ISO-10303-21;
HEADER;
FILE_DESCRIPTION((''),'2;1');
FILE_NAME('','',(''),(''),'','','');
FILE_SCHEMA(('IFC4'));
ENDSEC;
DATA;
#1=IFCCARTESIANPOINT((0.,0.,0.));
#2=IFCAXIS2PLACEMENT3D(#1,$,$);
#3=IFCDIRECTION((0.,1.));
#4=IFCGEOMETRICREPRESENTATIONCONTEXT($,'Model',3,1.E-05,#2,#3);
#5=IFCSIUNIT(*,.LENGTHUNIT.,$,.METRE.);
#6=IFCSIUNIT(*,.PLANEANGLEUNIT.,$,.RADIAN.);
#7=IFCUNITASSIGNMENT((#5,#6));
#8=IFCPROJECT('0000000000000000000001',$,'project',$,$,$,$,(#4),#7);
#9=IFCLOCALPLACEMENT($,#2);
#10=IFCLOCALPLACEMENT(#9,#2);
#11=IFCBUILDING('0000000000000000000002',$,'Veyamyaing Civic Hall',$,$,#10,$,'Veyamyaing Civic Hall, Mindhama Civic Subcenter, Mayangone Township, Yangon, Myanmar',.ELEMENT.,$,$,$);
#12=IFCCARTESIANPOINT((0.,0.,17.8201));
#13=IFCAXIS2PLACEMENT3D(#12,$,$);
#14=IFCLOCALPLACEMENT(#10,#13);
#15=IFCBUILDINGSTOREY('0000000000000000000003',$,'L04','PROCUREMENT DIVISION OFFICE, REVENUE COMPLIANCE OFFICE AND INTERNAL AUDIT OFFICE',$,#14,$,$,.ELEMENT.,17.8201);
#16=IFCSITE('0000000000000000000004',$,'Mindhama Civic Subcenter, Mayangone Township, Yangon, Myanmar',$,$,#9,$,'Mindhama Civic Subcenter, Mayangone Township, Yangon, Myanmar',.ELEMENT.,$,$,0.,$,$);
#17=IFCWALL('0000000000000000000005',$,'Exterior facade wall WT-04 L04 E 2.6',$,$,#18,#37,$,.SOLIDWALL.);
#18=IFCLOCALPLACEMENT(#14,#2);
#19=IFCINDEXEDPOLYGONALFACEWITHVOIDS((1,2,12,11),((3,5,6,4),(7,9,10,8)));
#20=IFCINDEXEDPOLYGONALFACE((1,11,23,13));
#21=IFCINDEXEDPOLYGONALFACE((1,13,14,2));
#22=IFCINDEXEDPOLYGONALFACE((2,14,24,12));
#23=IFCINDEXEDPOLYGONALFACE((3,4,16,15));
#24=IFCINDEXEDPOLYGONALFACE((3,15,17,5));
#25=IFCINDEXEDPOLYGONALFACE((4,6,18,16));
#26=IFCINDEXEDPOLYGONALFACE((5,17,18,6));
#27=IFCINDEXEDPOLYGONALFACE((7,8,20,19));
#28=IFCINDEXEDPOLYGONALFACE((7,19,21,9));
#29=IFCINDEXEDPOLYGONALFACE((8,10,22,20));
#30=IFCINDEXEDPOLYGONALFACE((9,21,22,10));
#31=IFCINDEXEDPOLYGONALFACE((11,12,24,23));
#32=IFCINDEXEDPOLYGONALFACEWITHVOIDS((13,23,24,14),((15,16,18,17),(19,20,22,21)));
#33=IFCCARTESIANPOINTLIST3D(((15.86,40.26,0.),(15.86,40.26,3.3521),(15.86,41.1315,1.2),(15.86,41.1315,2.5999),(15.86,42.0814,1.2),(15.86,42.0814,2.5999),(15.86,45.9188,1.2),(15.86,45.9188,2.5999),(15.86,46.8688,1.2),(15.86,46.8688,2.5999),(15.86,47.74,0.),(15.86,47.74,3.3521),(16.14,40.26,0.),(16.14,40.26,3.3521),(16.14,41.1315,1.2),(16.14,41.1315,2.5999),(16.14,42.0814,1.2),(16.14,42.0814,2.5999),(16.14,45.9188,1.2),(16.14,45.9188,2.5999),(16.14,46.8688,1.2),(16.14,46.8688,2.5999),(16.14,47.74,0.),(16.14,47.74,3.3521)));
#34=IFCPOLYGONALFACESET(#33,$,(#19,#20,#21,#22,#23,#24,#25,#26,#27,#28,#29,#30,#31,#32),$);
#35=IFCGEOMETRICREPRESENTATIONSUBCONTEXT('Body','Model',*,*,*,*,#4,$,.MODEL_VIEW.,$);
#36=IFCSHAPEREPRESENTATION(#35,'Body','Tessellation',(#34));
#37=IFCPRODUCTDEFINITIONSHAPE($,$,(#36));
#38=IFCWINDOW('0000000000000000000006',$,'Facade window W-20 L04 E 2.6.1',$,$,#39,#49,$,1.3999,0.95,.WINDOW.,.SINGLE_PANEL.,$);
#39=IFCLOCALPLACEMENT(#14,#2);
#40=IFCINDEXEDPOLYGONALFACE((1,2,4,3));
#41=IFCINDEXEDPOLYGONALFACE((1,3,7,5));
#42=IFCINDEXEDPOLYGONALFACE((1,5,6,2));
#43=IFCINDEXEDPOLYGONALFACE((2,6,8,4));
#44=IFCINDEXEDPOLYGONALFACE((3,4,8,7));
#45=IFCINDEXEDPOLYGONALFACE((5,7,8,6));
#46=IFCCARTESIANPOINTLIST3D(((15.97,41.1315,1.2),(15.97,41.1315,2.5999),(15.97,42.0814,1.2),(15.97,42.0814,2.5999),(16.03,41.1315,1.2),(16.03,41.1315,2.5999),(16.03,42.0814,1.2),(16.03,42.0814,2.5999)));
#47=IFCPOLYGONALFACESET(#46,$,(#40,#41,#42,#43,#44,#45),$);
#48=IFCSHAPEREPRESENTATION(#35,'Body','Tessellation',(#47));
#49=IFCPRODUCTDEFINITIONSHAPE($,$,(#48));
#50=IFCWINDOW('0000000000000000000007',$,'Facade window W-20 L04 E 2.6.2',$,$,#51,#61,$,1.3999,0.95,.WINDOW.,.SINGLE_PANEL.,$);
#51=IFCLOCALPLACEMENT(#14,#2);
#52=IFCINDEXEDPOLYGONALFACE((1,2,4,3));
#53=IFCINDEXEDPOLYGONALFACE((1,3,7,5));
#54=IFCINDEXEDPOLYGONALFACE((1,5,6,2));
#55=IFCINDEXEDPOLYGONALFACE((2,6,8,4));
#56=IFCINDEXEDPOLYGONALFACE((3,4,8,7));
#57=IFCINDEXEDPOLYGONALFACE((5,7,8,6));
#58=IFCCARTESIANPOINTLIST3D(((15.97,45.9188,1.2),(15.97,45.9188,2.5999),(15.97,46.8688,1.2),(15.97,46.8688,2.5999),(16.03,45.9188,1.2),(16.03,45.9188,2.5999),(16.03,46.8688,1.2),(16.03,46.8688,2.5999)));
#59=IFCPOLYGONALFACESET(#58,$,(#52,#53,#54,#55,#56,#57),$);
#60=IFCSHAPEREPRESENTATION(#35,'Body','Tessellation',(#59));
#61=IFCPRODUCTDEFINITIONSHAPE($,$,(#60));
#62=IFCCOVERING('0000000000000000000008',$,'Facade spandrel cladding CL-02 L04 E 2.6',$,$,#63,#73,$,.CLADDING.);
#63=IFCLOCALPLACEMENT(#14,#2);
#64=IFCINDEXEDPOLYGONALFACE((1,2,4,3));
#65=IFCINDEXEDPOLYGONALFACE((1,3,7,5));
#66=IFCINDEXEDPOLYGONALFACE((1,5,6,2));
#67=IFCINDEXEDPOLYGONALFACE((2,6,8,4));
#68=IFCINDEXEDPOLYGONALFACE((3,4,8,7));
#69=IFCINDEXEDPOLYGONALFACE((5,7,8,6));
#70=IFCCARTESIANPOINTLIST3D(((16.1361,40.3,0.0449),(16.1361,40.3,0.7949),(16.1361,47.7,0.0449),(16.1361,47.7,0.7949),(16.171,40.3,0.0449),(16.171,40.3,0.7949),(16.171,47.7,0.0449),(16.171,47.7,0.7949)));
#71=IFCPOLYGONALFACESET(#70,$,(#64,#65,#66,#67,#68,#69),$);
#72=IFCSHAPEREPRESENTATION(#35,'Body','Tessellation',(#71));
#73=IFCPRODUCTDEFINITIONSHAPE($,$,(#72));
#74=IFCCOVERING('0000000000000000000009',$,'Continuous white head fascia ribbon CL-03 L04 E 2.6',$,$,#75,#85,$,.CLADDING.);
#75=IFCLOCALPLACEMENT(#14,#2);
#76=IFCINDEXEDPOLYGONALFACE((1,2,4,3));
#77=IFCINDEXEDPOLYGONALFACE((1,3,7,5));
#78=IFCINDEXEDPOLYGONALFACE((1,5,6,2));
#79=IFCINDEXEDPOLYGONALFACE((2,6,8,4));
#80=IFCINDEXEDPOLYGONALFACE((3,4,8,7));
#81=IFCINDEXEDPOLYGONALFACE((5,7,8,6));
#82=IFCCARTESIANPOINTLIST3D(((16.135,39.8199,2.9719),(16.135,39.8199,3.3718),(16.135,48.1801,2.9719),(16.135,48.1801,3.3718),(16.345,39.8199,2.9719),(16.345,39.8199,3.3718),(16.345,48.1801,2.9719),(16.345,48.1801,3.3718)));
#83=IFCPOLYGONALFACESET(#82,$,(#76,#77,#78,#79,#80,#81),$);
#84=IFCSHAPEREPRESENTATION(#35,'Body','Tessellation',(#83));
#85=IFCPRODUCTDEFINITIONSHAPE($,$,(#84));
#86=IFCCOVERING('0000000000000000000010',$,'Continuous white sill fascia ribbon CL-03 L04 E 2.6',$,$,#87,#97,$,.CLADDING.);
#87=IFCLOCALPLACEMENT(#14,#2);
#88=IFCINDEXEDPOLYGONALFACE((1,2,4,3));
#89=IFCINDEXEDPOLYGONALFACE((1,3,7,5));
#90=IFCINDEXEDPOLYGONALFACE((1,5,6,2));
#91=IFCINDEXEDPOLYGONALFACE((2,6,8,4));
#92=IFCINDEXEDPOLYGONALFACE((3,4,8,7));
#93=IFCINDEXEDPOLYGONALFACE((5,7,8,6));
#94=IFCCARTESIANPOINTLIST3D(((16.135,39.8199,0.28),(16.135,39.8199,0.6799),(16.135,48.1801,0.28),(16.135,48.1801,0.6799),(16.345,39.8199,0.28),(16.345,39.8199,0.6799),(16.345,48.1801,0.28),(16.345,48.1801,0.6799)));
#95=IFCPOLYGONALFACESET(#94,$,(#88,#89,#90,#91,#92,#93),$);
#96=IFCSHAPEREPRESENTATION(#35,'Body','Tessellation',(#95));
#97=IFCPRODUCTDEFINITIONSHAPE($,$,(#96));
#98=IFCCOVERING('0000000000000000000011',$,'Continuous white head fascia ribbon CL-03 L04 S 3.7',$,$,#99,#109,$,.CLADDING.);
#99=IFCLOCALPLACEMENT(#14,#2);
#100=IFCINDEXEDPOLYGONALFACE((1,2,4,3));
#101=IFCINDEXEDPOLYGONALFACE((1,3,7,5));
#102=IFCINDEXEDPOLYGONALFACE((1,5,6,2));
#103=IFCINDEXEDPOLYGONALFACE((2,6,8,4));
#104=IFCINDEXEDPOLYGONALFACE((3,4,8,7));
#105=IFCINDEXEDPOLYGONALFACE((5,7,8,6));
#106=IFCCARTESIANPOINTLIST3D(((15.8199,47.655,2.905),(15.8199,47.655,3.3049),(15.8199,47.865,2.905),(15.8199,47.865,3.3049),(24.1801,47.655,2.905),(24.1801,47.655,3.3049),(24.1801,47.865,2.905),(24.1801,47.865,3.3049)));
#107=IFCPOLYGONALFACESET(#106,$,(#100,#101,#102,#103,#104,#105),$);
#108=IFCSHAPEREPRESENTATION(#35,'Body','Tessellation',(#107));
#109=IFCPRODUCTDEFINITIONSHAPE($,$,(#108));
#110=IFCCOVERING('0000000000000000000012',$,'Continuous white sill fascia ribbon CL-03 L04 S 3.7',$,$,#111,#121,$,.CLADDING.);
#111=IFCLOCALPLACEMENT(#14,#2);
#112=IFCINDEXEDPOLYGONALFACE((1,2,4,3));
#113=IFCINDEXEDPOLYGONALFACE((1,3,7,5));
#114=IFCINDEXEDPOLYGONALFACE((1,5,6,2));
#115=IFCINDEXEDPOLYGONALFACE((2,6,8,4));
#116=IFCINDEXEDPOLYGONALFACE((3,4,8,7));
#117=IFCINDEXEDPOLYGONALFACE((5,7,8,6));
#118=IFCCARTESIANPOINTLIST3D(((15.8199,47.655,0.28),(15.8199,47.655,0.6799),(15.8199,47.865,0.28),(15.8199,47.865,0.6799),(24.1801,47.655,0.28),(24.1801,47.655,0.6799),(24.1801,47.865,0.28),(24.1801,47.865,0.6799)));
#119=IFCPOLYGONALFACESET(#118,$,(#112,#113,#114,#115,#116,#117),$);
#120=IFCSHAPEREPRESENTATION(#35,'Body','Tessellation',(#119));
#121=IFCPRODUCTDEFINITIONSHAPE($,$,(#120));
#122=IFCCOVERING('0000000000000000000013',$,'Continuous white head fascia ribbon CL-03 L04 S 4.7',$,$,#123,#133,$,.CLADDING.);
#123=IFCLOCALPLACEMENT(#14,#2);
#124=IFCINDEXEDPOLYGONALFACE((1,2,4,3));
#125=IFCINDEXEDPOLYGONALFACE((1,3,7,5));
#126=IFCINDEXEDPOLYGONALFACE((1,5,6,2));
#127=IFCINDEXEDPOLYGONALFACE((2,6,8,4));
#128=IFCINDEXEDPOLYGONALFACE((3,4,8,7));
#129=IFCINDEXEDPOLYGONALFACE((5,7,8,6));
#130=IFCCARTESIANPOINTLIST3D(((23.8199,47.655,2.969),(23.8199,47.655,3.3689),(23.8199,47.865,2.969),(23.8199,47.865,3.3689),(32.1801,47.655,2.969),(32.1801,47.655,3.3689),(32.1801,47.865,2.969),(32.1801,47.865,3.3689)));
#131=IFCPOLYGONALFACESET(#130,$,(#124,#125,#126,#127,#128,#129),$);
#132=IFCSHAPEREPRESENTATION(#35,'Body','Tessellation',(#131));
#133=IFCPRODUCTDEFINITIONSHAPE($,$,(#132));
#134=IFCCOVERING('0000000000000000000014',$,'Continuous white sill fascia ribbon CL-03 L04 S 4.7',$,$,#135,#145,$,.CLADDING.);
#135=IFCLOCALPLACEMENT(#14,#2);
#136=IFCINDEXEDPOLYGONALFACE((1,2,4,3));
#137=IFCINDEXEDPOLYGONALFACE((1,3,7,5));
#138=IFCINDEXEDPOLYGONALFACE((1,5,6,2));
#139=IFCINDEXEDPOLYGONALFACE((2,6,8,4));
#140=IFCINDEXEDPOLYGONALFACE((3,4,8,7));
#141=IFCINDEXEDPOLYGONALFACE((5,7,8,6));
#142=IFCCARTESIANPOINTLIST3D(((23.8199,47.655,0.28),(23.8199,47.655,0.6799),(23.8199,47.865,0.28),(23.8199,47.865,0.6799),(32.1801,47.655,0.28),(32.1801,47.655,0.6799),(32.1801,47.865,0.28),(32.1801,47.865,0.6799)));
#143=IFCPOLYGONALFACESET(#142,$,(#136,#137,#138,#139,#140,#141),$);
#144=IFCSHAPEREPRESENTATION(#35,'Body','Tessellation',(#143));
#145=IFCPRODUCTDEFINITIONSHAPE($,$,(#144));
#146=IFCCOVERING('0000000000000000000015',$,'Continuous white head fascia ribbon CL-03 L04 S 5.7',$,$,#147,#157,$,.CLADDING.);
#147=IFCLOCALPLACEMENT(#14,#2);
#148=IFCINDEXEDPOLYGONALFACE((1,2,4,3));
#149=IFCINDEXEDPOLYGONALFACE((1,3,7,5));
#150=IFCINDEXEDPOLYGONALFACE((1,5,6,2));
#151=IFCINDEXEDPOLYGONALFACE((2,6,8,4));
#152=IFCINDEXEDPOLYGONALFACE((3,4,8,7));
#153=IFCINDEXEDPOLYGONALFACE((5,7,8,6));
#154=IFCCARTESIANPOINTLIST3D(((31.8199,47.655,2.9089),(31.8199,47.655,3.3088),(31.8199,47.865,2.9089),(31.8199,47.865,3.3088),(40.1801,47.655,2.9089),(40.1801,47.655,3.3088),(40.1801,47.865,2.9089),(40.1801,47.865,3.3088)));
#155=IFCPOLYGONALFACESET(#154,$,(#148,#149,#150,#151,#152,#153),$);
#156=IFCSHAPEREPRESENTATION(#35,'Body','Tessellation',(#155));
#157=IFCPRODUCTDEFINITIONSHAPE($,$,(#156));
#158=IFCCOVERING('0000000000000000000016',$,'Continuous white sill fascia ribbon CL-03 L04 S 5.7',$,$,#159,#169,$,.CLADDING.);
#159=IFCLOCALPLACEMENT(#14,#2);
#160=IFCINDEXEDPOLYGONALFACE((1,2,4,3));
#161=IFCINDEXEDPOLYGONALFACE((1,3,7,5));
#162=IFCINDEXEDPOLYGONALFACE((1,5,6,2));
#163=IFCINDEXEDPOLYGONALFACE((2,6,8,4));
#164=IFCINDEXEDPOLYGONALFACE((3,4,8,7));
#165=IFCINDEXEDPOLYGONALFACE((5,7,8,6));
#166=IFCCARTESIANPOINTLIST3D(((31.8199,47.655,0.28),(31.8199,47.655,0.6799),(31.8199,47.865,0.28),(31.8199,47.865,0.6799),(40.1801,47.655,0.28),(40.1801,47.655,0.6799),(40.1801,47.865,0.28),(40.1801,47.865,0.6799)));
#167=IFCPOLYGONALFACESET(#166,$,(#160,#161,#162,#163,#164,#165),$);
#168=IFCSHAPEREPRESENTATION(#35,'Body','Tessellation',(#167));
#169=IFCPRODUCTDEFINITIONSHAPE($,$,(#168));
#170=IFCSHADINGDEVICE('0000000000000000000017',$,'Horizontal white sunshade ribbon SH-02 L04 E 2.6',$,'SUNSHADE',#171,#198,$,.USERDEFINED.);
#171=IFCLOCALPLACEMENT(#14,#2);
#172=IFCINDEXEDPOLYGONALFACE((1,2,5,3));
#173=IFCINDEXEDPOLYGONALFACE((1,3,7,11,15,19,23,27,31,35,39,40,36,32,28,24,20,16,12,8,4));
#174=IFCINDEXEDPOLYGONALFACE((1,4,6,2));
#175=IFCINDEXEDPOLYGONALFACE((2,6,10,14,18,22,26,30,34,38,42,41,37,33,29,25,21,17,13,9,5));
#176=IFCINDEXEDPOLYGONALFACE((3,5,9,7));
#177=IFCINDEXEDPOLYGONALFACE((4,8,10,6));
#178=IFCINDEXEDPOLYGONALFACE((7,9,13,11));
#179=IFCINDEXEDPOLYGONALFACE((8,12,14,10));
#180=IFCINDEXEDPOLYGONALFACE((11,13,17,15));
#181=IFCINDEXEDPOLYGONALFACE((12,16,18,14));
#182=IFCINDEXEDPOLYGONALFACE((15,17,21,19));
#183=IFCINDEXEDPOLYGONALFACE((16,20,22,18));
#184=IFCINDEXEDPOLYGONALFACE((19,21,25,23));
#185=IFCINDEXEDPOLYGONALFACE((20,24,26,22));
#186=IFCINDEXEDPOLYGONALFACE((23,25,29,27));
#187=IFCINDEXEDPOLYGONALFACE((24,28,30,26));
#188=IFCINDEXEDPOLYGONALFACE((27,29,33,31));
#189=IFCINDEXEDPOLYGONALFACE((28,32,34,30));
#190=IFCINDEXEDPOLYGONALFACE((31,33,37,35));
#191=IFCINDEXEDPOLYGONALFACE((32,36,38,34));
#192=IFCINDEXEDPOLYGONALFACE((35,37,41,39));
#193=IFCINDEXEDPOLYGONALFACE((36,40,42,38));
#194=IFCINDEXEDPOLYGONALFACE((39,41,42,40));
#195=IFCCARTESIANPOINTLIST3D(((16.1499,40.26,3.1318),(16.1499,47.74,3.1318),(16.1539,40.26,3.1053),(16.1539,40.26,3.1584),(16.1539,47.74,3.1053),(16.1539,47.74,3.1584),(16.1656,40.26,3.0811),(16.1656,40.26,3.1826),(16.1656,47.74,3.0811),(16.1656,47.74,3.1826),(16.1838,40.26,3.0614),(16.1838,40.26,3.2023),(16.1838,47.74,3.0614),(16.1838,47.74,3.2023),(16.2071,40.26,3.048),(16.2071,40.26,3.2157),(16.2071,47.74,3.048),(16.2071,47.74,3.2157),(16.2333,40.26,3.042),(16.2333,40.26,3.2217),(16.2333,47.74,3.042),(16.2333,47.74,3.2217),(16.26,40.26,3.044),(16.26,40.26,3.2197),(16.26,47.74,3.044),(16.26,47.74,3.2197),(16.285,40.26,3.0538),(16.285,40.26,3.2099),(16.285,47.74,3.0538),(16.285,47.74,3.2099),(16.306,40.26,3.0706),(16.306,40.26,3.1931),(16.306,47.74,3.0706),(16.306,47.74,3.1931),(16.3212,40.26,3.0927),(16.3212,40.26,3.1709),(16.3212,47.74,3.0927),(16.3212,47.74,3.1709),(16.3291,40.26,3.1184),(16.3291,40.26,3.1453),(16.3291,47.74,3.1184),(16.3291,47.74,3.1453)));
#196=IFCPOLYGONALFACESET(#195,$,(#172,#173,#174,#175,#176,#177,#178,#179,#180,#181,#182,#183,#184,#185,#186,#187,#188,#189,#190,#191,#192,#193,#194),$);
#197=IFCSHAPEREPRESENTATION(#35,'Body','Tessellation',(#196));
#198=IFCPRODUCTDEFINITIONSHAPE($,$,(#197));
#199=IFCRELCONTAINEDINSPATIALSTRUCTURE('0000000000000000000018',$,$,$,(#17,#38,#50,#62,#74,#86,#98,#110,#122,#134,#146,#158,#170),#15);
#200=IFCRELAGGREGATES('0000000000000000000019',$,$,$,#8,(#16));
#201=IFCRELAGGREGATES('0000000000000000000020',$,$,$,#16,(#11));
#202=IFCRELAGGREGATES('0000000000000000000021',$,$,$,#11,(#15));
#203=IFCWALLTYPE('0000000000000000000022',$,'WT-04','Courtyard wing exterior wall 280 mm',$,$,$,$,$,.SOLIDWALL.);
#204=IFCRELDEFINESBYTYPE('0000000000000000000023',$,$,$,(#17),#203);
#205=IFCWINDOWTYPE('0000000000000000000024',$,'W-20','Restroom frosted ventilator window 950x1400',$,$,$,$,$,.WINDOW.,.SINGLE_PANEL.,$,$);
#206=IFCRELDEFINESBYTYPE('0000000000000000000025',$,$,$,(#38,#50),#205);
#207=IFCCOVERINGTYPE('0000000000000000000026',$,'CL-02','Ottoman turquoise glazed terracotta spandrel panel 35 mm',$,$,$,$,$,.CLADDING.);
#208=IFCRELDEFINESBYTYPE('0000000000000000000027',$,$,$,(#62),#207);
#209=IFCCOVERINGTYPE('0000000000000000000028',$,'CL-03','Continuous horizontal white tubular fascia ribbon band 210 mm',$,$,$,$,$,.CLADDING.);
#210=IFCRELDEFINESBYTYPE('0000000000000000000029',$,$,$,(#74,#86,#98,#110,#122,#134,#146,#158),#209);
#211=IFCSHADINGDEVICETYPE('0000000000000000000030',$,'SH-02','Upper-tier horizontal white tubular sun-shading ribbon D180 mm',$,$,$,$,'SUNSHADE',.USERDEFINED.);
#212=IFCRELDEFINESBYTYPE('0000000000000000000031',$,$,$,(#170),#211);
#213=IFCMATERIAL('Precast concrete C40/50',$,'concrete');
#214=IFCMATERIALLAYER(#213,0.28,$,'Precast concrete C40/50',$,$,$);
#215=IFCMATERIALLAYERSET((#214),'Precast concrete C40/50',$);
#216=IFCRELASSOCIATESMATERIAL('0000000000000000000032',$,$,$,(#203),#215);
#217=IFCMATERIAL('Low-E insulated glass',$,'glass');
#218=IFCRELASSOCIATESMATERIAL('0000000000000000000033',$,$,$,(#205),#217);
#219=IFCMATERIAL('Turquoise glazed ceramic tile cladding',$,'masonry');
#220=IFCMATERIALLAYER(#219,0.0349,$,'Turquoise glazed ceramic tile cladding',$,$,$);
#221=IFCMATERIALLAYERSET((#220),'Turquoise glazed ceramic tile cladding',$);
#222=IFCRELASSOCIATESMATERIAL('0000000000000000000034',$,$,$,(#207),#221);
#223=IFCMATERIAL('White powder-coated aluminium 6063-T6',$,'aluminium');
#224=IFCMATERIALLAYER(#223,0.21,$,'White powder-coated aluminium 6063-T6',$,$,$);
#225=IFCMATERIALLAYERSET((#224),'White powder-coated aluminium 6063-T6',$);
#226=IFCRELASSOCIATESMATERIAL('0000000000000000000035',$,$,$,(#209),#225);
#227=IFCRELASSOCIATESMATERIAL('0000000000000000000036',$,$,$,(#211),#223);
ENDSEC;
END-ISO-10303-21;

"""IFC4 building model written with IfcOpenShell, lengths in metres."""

from ifc_helpers import new_model, si_unit, direction, frame, frame_2d, origin, origin_2d, place, context, subcontext, project, spatial, rectangle, circle, extrude, material, layer, layer_set, material_profile, profile_set, type_object, element, fill, save


model = new_model("IFC4")

# Units and contexts
model_context = context("Model", 3, precision=1e-05, world=origin(), true_north=direction((0.0, 1.0)))
body_context = subcontext(model_context, "Body", "Model", "MODEL_VIEW")
ifc_project = project(units=[si_unit("LENGTHUNIT", "METRE"), si_unit("PLANEANGLEUNIT", "RADIAN")], contexts=[model_context])

# Site, building, storey
site_placement = place(None, origin())
site = spatial("IfcSite", under=ifc_project, at=site_placement, Name="Mindhama Civic Subcenter, Mayangone Township, Yangon, Myanmar", LongName="Mindhama Civic Subcenter, Mayangone Township, Yangon, Myanmar", CompositionType="ELEMENT", RefElevation=0.0)
building_placement = place(site_placement, origin())
building = spatial("IfcBuilding", under=site, at=building_placement, Name="Veyamyaing Civic Hall", LongName="Veyamyaing Civic Hall, Mindhama Civic Subcenter, Mayangone Township, Yangon, Myanmar", CompositionType="ELEMENT")
storey_placement = place(building_placement, frame((0.0, 0.0, 17.8201)))
storey = spatial("IfcBuildingStorey", under=building, at=storey_placement, Name="L04", Description="PROCUREMENT DIVISION OFFICE, REVENUE COMPLIANCE OFFICE AND INTERNAL AUDIT OFFICE", CompositionType="ELEMENT", Elevation=17.8201)

# Wall, openings, windows
ifc_material_1 = material(Name="Precast concrete C40/50", Category="concrete")
ifc_layer_1 = layer(ifc_material_1, 0.28, Name="Precast concrete C40/50")
ifc_layer_set_1 = layer_set([ifc_layer_1], Name="Precast concrete C40/50")
wall_type = type_object("IfcWallType", Name="WT-04", Description="Courtyard wing exterior wall 280 mm", PredefinedType="SOLIDWALL", material=ifc_layer_set_1)
wall_placement = place(storey_placement, frame((16.0, 40.26, 0.0), z_axis=(0.0, 0.0, 1.0), x_axis=(0.0, 1.0, 0.0)))
wall = element("IfcWall", 1, at=wall_placement, inside=storey, type_object=wall_type, Name="Exterior facade wall WT-04 L04 E 2.6", PredefinedType="SOLIDWALL", context=body_context, shape_type="SweptSolid", body=[
    extrude(rectangle(XDim=7.48, YDim=0.28, at=frame_2d((3.74, 0.0))), origin(), (0.0, 0.0, 1.0), 3.3521),
])
opening_1_placement = place(wall_placement, frame((0.8713, 0.0, 1.2)))
opening_1 = element("IfcOpeningElement", 2, at=opening_1_placement, cuts=wall, PredefinedType="OPENING", context=body_context, shape_type="SweptSolid", body=[
    extrude(rectangle(XDim=0.95, YDim=1.3999, at=frame_2d((0.4751, 0.7))), frame((0.0, 0.1499, 0.0), z_axis=(0.0, -1.0, 0.0), x_axis=(1.0, 0.0, 0.0)), (0.0, 0.0, 1.0), 0.3),
])
opening_2_placement = place(wall_placement, frame((5.6587, 0.0, 1.2)))
opening_2 = element("IfcOpeningElement", 3, at=opening_2_placement, cuts=wall, PredefinedType="OPENING", context=body_context, shape_type="SweptSolid", body=[
    extrude(rectangle(XDim=0.95, YDim=1.3999, at=frame_2d((0.4751, 0.7))), frame((0.0, 0.1499, 0.0), z_axis=(0.0, -1.0, 0.0), x_axis=(1.0, 0.0, 0.0)), (0.0, 0.0, 1.0), 0.3),
])
ifc_material_2 = material(Name="Low-E insulated glass", Category="glass")
window_type = type_object("IfcWindowType", Name="W-20", Description="Restroom frosted ventilator window 950x1400", PartitioningType="SINGLE_PANEL", PredefinedType="WINDOW", material=ifc_material_2)
window_1_placement = place(opening_1_placement, origin())
window_1 = element("IfcWindow", 4, at=window_1_placement, inside=storey, type_object=window_type, Name="Facade window W-20 L04 E 2.6.1", OverallHeight=1.3999, OverallWidth=0.95, PartitioningType="SINGLE_PANEL", PredefinedType="WINDOW", context=body_context, shape_type="SweptSolid", body=[
    extrude(rectangle(XDim=0.95, YDim=1.3999, at=frame_2d((0.4751, 0.7))), frame((0.0, 0.03, 0.0), z_axis=(0.0, -1.0, 0.0), x_axis=(1.0, 0.0, 0.0)), (0.0, 0.0, 1.0), 0.0601),
])
fill(opening_1, window_1)
window_2_placement = place(opening_2_placement, origin())
window_2 = element("IfcWindow", 5, at=window_2_placement, inside=storey, type_object=window_type, Name="Facade window W-20 L04 E 2.6.2", OverallHeight=1.3999, OverallWidth=0.95, PartitioningType="SINGLE_PANEL", PredefinedType="WINDOW", context=body_context, shape_type="SweptSolid", body=[
    extrude(rectangle(XDim=0.95, YDim=1.3999, at=frame_2d((0.4751, 0.7))), frame((0.0, 0.03, 0.0), z_axis=(0.0, -1.0, 0.0), x_axis=(1.0, 0.0, 0.0)), (0.0, 0.0, 1.0), 0.0601),
])
fill(opening_2, window_2)

# Coverings
ifc_material_3 = material(Name="Turquoise glazed ceramic tile cladding", Category="masonry")
ifc_layer_2 = layer(ifc_material_3, 0.0349, Name="Turquoise glazed ceramic tile cladding")
ifc_layer_set_2 = layer_set([ifc_layer_2], Name="Turquoise glazed ceramic tile cladding")
covering_type_1 = type_object("IfcCoveringType", Name="CL-02", Description="Ottoman turquoise glazed terracotta spandrel panel 35 mm", PredefinedType="CLADDING", material=ifc_layer_set_2)
covering_placement = place(storey_placement, frame((16.1536, 44.0, 0.0449), z_axis=(0.0, 0.0, 1.0), x_axis=(0.0, 1.0, 0.0)))
element("IfcCovering", 6, at=covering_placement, inside=storey, type_object=covering_type_1, Name="Facade spandrel cladding CL-02 L04 E 2.6", PredefinedType="CLADDING", context=body_context, shape_type="SweptSolid", body=[
    extrude(rectangle(XDim=7.3999, YDim=0.0349, at=origin_2d()), origin(), (0.0, 0.0, 1.0), 0.75),
])
ifc_material_4 = material(Name="White powder-coated aluminium 6063-T6", Category="aluminium")
ifc_layer_3 = layer(ifc_material_4, 0.21, Name="White powder-coated aluminium 6063-T6")
ifc_layer_set_3 = layer_set([ifc_layer_3], Name="White powder-coated aluminium 6063-T6")
covering_type_2 = type_object("IfcCoveringType", Name="CL-03", Description="Continuous horizontal white tubular fascia ribbon band 210 mm", PredefinedType="CLADDING", material=ifc_layer_set_3)
for number, where, z_axis, x_axis, name in (
    (7, (16.24, 44.0, 2.9719), (0.0, 0.0, 1.0), (0.0, 1.0, 0.0), "Continuous white head fascia ribbon CL-03 L04 E 2.6"),
    (8, (16.24, 44.0, 0.28), (0.0, 0.0, 1.0), (0.0, 1.0, 0.0), "Continuous white sill fascia ribbon CL-03 L04 E 2.6"),
    (9, (20.0, 47.76, 2.905), (0.0, 0.0, 1.0), (1.0, 0.0, 0.0), "Continuous white head fascia ribbon CL-03 L04 S 3.7"),
    (10, (20.0, 47.76, 0.28), (0.0, 0.0, 1.0), (1.0, 0.0, 0.0), "Continuous white sill fascia ribbon CL-03 L04 S 3.7"),
    (11, (28.0, 47.76, 2.969), (0.0, 0.0, 1.0), (1.0, 0.0, 0.0), "Continuous white head fascia ribbon CL-03 L04 S 4.7"),
    (12, (28.0, 47.76, 0.28), (0.0, 0.0, 1.0), (1.0, 0.0, 0.0), "Continuous white sill fascia ribbon CL-03 L04 S 4.7"),
    (13, (36.0, 47.76, 2.9089), (0.0, 0.0, 1.0), (1.0, 0.0, 0.0), "Continuous white head fascia ribbon CL-03 L04 S 5.7"),
    (14, (36.0, 47.76, 0.28), (0.0, 0.0, 1.0), (1.0, 0.0, 0.0), "Continuous white sill fascia ribbon CL-03 L04 S 5.7"),
):
    element("IfcCovering", number, at=place(storey_placement, frame(where, z_axis=z_axis, x_axis=x_axis)), inside=storey, type_object=covering_type_2, Name=name, PredefinedType="CLADDING", context=body_context, shape_type="SweptSolid", body=[
        extrude(rectangle(XDim=8.3601, YDim=0.21, at=origin_2d()), origin(), (0.0, 0.0, 1.0), 0.3999),
    ])

# Shading device
ifc_material_profile_1 = material_profile(ifc_material_4, circle(Radius=0.0901, at=origin_2d()), Name="SHADE-TUBE-180")
ifc_profile_set_1 = profile_set([ifc_material_profile_1], Name="White powder-coated aluminium 6063-T6")
shading_device_type = type_object("IfcShadingDeviceType", Name="SH-02", Description="Upper-tier horizontal white tubular sun-shading ribbon D180 mm", ElementType="SUNSHADE", PredefinedType="USERDEFINED", material=ifc_profile_set_1)
for number, where, z_axis, x_axis, name in (
    (15, (16.24, 40.26, 3.1318), (0.0, 1.0, 0.0), (-1.0, 0.0, 0.0), "Horizontal white sunshade ribbon SH-02 L04 E 2.6"),
):
    element("IfcShadingDevice", number, at=place(storey_placement, frame(where, z_axis=z_axis, x_axis=x_axis)), inside=storey, type_object=shading_device_type, Name=name, ObjectType="SUNSHADE", PredefinedType="USERDEFINED", context=body_context, shape_type="SweptSolid", body=[
        extrude(circle(Radius=0.0901, at=origin_2d()), origin(), (0.0, 0.0, 1.0), 7.48),
    ])

save(model, "model.ifc")
